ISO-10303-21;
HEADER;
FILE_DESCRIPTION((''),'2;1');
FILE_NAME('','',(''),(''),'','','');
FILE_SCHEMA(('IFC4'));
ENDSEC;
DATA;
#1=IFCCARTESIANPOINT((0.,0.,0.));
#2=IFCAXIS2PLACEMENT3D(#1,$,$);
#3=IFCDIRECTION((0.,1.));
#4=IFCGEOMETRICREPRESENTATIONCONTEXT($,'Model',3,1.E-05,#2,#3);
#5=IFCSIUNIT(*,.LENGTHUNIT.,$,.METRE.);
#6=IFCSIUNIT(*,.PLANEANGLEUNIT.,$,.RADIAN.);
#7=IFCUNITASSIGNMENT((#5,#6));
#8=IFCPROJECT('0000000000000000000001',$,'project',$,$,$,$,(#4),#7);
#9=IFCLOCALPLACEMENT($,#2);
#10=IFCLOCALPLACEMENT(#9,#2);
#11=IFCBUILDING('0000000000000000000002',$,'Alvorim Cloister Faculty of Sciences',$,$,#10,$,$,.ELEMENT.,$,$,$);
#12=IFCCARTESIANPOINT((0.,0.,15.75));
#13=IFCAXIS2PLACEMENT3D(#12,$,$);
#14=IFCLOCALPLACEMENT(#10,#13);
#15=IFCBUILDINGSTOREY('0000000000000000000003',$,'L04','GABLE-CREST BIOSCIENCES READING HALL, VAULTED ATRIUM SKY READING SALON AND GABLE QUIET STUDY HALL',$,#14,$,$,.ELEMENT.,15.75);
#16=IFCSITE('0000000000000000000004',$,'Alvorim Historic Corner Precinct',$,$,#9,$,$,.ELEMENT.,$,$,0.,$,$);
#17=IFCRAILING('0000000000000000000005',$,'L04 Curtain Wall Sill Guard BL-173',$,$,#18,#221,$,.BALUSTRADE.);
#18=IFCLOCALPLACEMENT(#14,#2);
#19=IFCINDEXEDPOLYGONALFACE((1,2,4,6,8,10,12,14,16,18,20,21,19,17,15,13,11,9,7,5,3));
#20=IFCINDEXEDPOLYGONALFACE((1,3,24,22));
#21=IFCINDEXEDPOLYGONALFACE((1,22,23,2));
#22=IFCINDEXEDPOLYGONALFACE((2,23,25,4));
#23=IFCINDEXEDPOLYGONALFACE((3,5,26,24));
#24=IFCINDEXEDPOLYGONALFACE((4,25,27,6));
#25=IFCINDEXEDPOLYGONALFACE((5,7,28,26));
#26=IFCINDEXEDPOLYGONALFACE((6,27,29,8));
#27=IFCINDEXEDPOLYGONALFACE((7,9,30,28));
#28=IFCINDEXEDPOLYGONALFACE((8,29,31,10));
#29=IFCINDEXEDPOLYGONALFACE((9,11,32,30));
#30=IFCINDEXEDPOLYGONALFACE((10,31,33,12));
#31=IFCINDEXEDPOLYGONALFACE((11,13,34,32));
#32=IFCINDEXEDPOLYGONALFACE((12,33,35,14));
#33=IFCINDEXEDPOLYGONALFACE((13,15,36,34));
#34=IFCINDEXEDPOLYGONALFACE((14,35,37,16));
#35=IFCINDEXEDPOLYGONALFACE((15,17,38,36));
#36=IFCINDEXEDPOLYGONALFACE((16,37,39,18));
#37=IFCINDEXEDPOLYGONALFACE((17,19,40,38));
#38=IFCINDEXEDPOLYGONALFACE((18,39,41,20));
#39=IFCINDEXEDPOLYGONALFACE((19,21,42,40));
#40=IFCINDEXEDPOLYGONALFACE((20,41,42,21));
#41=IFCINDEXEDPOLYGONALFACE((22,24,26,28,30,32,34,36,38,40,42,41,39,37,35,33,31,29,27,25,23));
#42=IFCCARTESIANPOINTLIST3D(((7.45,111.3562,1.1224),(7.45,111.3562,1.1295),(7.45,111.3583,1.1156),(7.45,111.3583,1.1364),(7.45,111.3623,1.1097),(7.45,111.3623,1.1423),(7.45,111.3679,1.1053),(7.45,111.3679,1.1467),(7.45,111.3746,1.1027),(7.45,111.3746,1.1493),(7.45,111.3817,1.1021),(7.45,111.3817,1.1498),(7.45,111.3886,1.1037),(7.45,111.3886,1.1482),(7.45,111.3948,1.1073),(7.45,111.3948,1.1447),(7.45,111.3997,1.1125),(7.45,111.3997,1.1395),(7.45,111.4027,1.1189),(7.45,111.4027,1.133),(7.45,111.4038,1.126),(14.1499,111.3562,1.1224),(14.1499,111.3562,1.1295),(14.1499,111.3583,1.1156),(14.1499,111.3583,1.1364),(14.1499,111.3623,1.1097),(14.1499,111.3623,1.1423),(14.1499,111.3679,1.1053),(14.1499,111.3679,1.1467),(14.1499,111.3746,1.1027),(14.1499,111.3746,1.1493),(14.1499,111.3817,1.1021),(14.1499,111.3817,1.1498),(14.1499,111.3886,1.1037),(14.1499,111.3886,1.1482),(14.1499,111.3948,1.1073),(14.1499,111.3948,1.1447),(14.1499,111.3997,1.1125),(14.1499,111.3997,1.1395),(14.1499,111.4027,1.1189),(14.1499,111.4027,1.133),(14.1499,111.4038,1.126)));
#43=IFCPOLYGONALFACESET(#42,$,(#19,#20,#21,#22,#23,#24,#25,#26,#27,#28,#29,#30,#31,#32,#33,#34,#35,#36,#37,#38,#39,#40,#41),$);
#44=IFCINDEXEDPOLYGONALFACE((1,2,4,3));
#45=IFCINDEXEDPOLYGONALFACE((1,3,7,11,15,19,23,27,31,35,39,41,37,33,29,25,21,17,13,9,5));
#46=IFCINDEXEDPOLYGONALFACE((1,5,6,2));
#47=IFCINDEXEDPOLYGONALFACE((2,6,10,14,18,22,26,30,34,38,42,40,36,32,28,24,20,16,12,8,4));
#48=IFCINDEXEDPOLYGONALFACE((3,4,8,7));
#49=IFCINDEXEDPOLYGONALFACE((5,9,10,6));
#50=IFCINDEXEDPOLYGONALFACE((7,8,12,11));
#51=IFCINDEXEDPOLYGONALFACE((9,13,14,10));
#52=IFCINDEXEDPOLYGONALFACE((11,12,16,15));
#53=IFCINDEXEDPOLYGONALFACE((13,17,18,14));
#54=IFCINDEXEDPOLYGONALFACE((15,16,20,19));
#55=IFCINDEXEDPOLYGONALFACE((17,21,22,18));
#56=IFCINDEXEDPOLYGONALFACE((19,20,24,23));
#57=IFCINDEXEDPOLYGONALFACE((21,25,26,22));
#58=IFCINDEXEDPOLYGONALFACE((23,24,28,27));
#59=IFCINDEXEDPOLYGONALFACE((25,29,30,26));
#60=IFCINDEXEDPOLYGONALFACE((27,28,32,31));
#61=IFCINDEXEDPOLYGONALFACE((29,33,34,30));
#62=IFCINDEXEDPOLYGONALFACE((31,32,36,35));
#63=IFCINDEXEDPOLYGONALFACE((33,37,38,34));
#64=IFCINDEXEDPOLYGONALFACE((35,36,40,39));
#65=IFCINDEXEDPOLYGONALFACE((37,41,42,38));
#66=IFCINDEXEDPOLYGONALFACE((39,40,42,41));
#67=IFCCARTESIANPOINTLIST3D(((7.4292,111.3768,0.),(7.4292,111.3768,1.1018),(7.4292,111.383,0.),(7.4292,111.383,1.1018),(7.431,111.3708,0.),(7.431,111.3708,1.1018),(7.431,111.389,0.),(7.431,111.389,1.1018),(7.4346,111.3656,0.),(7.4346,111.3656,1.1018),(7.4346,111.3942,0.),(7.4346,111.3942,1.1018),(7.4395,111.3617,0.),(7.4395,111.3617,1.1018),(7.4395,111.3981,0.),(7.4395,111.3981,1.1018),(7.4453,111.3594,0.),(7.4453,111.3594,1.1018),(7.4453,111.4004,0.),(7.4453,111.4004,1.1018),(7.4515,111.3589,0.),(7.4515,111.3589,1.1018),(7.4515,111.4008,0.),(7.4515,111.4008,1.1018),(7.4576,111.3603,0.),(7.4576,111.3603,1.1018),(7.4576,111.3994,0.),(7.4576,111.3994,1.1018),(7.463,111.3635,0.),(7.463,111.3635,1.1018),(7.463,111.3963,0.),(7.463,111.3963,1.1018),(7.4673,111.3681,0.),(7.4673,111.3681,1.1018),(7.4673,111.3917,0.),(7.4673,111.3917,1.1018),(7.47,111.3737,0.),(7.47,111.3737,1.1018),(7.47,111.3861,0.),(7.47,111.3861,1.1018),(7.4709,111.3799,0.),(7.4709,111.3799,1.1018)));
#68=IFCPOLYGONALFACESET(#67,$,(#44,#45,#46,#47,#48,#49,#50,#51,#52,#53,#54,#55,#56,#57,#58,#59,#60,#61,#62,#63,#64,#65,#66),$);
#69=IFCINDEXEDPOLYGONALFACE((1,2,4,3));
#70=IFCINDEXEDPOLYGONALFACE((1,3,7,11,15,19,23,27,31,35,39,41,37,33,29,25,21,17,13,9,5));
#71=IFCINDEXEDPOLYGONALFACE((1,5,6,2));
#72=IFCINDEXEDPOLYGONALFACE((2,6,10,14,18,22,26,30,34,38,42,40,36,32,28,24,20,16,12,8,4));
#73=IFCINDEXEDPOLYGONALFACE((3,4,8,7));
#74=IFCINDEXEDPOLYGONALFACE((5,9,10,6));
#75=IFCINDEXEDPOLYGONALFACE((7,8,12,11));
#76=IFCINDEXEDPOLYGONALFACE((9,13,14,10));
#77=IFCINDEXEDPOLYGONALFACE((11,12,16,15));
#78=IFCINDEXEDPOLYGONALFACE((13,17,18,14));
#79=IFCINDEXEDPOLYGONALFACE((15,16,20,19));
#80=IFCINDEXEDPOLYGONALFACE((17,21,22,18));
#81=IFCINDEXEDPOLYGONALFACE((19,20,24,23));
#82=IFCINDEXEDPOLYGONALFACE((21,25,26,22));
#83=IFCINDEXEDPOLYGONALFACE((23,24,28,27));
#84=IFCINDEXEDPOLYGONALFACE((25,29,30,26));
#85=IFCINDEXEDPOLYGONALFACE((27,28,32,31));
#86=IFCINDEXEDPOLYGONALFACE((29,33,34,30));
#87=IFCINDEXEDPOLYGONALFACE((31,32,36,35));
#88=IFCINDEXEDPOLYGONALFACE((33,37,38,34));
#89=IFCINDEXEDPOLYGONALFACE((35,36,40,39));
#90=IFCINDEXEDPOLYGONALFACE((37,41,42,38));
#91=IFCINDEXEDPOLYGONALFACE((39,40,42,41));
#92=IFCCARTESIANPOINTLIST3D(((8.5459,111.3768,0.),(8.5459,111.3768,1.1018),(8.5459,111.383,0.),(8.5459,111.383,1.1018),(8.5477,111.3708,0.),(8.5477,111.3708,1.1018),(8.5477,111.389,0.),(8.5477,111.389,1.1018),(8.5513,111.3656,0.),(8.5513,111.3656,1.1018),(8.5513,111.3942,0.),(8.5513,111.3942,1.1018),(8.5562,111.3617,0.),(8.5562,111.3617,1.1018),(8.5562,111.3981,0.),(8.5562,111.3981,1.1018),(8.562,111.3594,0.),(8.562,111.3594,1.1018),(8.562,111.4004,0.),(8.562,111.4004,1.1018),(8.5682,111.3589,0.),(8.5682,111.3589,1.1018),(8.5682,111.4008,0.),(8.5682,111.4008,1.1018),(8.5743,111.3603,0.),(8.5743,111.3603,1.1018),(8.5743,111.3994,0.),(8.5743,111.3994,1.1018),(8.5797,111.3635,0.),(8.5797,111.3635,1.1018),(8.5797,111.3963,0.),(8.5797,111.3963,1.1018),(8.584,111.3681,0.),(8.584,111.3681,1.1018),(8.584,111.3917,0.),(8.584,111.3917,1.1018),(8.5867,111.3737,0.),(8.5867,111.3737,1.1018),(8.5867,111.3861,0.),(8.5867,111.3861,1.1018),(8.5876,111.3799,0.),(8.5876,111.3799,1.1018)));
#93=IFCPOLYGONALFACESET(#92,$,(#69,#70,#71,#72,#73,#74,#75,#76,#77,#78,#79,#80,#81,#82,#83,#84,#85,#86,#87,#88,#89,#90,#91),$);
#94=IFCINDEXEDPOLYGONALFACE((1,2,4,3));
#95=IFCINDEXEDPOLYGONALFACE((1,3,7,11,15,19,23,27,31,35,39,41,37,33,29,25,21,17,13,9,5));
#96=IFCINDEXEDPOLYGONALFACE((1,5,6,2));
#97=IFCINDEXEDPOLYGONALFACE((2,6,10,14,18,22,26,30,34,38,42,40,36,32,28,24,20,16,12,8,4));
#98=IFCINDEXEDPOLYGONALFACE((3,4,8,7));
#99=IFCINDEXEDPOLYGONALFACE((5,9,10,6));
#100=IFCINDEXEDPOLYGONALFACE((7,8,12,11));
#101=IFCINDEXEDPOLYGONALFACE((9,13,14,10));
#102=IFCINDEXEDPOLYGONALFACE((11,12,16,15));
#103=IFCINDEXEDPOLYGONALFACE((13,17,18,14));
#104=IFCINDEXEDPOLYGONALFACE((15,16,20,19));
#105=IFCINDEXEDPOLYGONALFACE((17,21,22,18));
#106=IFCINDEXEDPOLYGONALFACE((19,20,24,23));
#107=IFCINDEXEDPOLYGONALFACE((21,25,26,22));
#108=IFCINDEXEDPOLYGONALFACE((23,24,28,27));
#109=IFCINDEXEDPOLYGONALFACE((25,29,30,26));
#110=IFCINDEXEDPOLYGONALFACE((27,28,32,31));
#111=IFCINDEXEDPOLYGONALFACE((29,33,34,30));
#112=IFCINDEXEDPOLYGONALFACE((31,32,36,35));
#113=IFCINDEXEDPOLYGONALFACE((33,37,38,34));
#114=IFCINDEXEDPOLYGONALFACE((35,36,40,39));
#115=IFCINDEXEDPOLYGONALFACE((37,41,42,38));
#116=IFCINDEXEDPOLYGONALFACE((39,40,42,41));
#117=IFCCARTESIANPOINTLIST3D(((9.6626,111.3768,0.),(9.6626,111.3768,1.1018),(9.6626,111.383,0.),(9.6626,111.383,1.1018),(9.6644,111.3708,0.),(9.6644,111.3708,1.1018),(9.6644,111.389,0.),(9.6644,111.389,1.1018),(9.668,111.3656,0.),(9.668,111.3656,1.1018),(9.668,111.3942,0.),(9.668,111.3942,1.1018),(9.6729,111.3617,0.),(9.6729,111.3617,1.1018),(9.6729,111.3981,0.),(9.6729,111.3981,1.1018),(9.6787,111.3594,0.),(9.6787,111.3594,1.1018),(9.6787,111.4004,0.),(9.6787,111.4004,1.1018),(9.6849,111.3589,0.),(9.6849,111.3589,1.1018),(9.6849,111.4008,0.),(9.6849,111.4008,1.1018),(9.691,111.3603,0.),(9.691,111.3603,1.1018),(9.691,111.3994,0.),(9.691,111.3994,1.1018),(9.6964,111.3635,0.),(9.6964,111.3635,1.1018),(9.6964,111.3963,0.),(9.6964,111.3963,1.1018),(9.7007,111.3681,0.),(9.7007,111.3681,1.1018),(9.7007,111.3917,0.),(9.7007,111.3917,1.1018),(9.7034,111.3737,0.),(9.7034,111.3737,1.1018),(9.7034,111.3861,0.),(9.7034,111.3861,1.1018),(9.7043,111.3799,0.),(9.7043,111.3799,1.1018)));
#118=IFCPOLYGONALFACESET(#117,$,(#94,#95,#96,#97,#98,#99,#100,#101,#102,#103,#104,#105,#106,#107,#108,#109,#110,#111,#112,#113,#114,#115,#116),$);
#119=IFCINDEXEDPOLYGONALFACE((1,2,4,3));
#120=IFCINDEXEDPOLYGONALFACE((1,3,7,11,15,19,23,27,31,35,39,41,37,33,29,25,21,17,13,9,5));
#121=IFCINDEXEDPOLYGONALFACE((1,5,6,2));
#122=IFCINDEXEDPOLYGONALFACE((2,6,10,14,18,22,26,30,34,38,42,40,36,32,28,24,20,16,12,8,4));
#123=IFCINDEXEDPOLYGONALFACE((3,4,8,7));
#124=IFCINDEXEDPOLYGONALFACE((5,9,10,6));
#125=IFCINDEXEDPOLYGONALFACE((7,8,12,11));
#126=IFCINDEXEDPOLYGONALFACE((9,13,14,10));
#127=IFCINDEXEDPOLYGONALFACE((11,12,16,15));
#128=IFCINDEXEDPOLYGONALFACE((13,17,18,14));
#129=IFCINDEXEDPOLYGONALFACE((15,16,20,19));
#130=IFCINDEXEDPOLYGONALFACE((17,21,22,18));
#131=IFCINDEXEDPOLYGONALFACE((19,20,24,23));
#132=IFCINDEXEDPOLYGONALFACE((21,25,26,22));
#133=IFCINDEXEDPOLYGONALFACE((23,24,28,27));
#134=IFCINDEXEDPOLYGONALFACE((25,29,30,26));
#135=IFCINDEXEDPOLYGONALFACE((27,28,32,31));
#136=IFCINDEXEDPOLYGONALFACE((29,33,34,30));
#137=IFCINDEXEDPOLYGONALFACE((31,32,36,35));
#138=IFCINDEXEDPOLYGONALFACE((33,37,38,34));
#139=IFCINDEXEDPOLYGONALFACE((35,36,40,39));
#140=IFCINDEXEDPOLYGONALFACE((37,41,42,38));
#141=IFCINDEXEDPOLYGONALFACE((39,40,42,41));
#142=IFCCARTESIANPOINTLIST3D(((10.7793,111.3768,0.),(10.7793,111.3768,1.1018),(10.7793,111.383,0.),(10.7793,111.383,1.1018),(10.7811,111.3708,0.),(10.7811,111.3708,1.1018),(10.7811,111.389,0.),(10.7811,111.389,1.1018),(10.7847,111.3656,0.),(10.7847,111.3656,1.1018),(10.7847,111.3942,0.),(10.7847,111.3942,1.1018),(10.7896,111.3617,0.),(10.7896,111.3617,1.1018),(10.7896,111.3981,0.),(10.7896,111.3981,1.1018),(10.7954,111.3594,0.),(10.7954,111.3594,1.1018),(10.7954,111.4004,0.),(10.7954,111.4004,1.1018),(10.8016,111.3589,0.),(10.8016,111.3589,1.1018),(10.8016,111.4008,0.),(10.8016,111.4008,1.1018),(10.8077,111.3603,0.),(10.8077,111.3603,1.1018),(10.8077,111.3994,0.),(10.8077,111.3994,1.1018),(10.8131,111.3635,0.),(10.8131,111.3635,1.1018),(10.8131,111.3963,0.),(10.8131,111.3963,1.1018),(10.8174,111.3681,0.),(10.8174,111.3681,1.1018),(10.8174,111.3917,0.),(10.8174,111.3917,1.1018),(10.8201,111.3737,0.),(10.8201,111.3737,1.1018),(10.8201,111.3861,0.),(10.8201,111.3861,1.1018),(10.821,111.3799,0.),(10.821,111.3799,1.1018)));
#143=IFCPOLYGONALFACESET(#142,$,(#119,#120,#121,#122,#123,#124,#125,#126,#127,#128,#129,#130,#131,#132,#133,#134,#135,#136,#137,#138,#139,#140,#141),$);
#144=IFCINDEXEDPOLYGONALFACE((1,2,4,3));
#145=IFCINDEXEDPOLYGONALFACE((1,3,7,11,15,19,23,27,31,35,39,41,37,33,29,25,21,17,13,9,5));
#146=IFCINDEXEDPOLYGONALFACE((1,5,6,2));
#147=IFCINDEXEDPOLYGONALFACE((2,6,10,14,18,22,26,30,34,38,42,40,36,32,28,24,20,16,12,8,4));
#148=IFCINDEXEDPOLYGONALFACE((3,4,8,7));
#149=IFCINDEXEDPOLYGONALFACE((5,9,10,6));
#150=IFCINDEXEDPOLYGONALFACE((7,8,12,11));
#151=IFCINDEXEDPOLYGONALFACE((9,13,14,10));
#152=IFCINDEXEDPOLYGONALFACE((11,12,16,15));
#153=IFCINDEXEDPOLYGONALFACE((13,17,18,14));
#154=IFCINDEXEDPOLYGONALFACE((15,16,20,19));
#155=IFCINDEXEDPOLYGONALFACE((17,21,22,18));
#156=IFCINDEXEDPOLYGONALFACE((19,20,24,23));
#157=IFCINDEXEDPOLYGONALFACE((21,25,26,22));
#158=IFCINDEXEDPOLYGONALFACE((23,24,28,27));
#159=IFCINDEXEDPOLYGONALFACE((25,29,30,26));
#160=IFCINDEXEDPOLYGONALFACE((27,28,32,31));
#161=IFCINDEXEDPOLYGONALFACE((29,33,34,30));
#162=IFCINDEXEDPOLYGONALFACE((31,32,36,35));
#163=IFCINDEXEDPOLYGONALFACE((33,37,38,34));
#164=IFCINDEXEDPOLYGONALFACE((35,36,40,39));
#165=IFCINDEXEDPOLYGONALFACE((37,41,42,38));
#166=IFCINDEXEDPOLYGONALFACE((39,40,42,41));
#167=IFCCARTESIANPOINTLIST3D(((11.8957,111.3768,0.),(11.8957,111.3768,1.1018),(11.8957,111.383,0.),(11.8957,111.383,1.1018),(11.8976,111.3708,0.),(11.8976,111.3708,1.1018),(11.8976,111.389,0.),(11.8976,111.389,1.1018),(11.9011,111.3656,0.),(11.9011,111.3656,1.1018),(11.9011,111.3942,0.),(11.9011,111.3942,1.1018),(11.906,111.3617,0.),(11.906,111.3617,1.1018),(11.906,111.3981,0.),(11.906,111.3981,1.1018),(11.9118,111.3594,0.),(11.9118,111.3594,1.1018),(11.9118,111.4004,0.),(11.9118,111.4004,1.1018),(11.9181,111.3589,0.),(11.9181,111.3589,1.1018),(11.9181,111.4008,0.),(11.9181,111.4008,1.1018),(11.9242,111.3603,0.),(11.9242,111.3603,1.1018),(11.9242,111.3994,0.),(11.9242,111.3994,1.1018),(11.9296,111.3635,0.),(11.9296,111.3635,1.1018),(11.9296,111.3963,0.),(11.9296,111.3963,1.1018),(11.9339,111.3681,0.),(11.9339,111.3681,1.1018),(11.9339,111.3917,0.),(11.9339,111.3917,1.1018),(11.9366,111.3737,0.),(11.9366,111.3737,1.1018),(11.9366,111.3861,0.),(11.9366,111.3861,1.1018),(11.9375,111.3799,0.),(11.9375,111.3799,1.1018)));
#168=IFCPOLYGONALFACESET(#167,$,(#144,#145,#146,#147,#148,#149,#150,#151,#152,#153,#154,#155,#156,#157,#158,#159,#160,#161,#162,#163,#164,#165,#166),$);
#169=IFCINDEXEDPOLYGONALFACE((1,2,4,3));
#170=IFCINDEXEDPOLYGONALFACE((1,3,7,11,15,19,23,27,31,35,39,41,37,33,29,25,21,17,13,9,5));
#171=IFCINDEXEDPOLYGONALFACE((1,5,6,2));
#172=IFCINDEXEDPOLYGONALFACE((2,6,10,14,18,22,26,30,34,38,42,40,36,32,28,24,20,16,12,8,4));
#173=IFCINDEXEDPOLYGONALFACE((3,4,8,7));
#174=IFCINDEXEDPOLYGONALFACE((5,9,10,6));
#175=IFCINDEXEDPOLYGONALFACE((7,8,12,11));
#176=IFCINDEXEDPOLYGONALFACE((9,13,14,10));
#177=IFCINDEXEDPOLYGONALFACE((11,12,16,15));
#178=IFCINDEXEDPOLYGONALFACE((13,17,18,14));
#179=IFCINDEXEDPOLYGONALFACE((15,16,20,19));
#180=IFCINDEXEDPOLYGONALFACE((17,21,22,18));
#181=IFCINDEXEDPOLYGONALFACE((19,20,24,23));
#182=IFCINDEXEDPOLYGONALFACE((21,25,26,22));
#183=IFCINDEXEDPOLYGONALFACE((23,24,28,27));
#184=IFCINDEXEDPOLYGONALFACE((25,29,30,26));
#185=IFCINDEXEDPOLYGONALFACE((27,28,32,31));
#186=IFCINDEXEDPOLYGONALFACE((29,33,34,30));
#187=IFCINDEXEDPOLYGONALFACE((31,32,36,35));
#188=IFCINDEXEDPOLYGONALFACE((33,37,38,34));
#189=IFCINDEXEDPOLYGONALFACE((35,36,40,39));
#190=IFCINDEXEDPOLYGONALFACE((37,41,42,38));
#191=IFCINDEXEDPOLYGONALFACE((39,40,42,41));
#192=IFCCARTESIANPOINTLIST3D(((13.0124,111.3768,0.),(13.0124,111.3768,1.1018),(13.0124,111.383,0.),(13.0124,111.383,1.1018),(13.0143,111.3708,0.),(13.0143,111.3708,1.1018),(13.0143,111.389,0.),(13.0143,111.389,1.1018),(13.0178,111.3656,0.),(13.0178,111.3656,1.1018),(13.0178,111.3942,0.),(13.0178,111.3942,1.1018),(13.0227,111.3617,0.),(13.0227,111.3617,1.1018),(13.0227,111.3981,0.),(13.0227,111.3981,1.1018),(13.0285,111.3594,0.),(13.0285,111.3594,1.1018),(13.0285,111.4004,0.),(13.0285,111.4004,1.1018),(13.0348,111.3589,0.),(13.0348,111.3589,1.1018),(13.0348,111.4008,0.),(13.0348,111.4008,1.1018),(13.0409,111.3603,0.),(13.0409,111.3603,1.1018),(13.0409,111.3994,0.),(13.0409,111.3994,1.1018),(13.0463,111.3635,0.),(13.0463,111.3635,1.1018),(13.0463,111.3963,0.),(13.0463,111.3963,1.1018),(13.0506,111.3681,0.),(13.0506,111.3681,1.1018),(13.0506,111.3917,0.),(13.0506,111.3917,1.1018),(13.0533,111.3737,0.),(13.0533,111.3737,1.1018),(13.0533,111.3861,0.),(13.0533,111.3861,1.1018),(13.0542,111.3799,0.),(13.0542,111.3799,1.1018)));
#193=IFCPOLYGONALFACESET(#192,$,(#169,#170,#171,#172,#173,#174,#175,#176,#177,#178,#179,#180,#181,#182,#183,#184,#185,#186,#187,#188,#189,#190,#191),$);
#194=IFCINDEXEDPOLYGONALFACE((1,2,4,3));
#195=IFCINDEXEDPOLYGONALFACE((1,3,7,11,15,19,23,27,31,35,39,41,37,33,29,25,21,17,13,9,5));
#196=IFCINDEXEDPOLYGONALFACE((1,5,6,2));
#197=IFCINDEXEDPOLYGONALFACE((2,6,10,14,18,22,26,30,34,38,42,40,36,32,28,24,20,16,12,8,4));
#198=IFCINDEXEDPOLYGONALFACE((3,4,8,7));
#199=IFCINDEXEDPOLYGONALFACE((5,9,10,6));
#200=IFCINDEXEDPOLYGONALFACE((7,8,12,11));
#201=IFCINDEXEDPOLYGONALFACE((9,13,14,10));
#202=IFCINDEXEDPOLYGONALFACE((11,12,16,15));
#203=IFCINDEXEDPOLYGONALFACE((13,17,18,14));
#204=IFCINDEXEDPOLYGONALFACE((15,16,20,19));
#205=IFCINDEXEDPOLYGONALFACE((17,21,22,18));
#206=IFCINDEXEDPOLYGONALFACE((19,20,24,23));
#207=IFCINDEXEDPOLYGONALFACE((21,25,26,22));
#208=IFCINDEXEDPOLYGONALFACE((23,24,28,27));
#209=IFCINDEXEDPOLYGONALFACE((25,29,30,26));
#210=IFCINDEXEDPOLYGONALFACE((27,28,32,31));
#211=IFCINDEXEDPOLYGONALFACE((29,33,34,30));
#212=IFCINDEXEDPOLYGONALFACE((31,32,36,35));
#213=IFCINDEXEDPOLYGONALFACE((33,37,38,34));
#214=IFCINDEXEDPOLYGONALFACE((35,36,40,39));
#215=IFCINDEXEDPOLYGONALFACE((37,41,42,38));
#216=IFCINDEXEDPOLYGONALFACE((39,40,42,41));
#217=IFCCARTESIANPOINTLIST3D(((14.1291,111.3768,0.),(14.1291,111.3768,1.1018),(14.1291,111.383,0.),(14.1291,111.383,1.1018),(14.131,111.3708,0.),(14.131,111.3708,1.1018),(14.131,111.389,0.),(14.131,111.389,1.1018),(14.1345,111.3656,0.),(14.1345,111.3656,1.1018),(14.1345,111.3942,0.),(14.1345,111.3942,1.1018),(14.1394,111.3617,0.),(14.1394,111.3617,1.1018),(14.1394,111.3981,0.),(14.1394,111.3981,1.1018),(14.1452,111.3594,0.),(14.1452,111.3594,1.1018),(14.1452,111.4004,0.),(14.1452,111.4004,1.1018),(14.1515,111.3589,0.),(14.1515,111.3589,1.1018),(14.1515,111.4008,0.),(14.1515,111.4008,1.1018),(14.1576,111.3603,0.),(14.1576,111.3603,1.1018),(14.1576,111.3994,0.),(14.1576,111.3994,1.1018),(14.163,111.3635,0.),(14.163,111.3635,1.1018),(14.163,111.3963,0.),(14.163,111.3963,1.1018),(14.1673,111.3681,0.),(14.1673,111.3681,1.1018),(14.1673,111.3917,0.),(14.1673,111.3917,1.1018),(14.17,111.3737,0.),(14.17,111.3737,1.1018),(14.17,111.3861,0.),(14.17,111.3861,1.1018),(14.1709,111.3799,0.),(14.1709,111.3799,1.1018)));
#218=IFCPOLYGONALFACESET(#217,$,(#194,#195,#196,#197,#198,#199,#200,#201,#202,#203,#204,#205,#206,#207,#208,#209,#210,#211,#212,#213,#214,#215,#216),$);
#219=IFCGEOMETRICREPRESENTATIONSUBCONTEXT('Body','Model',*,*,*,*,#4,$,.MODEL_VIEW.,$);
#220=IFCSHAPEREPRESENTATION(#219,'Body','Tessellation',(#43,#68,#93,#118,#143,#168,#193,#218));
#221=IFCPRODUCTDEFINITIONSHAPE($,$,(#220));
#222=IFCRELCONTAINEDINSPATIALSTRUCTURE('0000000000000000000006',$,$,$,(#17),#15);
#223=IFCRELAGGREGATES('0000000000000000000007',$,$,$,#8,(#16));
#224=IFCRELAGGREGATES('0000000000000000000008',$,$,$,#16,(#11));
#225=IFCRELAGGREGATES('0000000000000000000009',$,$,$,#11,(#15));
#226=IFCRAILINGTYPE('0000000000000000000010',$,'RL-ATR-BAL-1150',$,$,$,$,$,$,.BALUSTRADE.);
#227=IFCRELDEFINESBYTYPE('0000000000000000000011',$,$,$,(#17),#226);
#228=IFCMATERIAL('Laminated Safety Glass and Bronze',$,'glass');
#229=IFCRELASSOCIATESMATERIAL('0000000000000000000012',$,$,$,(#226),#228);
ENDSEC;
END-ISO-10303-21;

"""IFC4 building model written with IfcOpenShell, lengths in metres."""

from ifc_helpers import new_model, si_unit, direction, frame, origin, origin_2d, place, context, subcontext, project, spatial, circle, extrude, material, type_object, element, save


model = new_model("IFC4")

# Units and contexts
model_context = context("Model", 3, precision=1e-05, world=origin(), true_north=direction((0.0, 1.0)))
body_context = subcontext(model_context, "Body", "Model", "MODEL_VIEW")
ifc_project = project(units=[si_unit("LENGTHUNIT", "METRE"), si_unit("PLANEANGLEUNIT", "RADIAN")], contexts=[model_context])

# Site, building, storey
site_placement = place(None, origin())
site = spatial("IfcSite", under=ifc_project, at=site_placement, Name="Alvorim Historic Corner Precinct", CompositionType="ELEMENT", RefElevation=0.0)
building_placement = place(site_placement, origin())
building = spatial("IfcBuilding", under=site, at=building_placement, Name="Alvorim Cloister Faculty of Sciences", CompositionType="ELEMENT")
storey_placement = place(building_placement, frame((0.0, 0.0, 15.75)))
storey = spatial("IfcBuildingStorey", under=building, at=storey_placement, Name="L04", Description="GABLE-CREST BIOSCIENCES READING HALL, VAULTED ATRIUM SKY READING SALON AND GABLE QUIET STUDY HALL", CompositionType="ELEMENT", Elevation=15.75)

# Railing
ifc_material_1 = material(Name="Laminated Safety Glass and Bronze", Category="glass")
railing_type = type_object("IfcRailingType", Name="RL-ATR-BAL-1150", PredefinedType="BALUSTRADE", material=ifc_material_1)
railing_placement = place(storey_placement, frame((7.45, 111.3799, 0.0)))
element("IfcRailing", 1, at=railing_placement, inside=storey, type_object=railing_type, Name="L04 Curtain Wall Sill Guard BL-173", PredefinedType="BALUSTRADE", context=body_context, shape_type="SweptSolid", body=[
    extrude(circle(Radius=0.0239, at=origin_2d()), frame((0.0, 0.0, 1.126), z_axis=(1.0, 0.0, 0.0), x_axis=(0.0, 1.0, 0.0)), (0.0, 0.0, 1.0), 6.7),
    extrude(circle(Radius=0.021, at=origin_2d()), origin(), (0.0, 0.0, 1.0), 1.1018),
    extrude(circle(Radius=0.021, at=origin_2d()), frame((1.1167, 0.0, 0.0)), (0.0, 0.0, 1.0), 1.1018),
    extrude(circle(Radius=0.021, at=origin_2d()), frame((2.2334, 0.0, 0.0)), (0.0, 0.0, 1.0), 1.1018),
    extrude(circle(Radius=0.021, at=origin_2d()), frame((3.3501, 0.0, 0.0)), (0.0, 0.0, 1.0), 1.1018),
    extrude(circle(Radius=0.021, at=origin_2d()), frame((4.4666, 0.0, 0.0)), (0.0, 0.0, 1.0), 1.1018),
    extrude(circle(Radius=0.021, at=origin_2d()), frame((5.5833, 0.0, 0.0)), (0.0, 0.0, 1.0), 1.1018),
    extrude(circle(Radius=0.021, at=origin_2d()), frame((6.7, 0.0, 0.0)), (0.0, 0.0, 1.0), 1.1018),
])

save(model, "model.ifc")
